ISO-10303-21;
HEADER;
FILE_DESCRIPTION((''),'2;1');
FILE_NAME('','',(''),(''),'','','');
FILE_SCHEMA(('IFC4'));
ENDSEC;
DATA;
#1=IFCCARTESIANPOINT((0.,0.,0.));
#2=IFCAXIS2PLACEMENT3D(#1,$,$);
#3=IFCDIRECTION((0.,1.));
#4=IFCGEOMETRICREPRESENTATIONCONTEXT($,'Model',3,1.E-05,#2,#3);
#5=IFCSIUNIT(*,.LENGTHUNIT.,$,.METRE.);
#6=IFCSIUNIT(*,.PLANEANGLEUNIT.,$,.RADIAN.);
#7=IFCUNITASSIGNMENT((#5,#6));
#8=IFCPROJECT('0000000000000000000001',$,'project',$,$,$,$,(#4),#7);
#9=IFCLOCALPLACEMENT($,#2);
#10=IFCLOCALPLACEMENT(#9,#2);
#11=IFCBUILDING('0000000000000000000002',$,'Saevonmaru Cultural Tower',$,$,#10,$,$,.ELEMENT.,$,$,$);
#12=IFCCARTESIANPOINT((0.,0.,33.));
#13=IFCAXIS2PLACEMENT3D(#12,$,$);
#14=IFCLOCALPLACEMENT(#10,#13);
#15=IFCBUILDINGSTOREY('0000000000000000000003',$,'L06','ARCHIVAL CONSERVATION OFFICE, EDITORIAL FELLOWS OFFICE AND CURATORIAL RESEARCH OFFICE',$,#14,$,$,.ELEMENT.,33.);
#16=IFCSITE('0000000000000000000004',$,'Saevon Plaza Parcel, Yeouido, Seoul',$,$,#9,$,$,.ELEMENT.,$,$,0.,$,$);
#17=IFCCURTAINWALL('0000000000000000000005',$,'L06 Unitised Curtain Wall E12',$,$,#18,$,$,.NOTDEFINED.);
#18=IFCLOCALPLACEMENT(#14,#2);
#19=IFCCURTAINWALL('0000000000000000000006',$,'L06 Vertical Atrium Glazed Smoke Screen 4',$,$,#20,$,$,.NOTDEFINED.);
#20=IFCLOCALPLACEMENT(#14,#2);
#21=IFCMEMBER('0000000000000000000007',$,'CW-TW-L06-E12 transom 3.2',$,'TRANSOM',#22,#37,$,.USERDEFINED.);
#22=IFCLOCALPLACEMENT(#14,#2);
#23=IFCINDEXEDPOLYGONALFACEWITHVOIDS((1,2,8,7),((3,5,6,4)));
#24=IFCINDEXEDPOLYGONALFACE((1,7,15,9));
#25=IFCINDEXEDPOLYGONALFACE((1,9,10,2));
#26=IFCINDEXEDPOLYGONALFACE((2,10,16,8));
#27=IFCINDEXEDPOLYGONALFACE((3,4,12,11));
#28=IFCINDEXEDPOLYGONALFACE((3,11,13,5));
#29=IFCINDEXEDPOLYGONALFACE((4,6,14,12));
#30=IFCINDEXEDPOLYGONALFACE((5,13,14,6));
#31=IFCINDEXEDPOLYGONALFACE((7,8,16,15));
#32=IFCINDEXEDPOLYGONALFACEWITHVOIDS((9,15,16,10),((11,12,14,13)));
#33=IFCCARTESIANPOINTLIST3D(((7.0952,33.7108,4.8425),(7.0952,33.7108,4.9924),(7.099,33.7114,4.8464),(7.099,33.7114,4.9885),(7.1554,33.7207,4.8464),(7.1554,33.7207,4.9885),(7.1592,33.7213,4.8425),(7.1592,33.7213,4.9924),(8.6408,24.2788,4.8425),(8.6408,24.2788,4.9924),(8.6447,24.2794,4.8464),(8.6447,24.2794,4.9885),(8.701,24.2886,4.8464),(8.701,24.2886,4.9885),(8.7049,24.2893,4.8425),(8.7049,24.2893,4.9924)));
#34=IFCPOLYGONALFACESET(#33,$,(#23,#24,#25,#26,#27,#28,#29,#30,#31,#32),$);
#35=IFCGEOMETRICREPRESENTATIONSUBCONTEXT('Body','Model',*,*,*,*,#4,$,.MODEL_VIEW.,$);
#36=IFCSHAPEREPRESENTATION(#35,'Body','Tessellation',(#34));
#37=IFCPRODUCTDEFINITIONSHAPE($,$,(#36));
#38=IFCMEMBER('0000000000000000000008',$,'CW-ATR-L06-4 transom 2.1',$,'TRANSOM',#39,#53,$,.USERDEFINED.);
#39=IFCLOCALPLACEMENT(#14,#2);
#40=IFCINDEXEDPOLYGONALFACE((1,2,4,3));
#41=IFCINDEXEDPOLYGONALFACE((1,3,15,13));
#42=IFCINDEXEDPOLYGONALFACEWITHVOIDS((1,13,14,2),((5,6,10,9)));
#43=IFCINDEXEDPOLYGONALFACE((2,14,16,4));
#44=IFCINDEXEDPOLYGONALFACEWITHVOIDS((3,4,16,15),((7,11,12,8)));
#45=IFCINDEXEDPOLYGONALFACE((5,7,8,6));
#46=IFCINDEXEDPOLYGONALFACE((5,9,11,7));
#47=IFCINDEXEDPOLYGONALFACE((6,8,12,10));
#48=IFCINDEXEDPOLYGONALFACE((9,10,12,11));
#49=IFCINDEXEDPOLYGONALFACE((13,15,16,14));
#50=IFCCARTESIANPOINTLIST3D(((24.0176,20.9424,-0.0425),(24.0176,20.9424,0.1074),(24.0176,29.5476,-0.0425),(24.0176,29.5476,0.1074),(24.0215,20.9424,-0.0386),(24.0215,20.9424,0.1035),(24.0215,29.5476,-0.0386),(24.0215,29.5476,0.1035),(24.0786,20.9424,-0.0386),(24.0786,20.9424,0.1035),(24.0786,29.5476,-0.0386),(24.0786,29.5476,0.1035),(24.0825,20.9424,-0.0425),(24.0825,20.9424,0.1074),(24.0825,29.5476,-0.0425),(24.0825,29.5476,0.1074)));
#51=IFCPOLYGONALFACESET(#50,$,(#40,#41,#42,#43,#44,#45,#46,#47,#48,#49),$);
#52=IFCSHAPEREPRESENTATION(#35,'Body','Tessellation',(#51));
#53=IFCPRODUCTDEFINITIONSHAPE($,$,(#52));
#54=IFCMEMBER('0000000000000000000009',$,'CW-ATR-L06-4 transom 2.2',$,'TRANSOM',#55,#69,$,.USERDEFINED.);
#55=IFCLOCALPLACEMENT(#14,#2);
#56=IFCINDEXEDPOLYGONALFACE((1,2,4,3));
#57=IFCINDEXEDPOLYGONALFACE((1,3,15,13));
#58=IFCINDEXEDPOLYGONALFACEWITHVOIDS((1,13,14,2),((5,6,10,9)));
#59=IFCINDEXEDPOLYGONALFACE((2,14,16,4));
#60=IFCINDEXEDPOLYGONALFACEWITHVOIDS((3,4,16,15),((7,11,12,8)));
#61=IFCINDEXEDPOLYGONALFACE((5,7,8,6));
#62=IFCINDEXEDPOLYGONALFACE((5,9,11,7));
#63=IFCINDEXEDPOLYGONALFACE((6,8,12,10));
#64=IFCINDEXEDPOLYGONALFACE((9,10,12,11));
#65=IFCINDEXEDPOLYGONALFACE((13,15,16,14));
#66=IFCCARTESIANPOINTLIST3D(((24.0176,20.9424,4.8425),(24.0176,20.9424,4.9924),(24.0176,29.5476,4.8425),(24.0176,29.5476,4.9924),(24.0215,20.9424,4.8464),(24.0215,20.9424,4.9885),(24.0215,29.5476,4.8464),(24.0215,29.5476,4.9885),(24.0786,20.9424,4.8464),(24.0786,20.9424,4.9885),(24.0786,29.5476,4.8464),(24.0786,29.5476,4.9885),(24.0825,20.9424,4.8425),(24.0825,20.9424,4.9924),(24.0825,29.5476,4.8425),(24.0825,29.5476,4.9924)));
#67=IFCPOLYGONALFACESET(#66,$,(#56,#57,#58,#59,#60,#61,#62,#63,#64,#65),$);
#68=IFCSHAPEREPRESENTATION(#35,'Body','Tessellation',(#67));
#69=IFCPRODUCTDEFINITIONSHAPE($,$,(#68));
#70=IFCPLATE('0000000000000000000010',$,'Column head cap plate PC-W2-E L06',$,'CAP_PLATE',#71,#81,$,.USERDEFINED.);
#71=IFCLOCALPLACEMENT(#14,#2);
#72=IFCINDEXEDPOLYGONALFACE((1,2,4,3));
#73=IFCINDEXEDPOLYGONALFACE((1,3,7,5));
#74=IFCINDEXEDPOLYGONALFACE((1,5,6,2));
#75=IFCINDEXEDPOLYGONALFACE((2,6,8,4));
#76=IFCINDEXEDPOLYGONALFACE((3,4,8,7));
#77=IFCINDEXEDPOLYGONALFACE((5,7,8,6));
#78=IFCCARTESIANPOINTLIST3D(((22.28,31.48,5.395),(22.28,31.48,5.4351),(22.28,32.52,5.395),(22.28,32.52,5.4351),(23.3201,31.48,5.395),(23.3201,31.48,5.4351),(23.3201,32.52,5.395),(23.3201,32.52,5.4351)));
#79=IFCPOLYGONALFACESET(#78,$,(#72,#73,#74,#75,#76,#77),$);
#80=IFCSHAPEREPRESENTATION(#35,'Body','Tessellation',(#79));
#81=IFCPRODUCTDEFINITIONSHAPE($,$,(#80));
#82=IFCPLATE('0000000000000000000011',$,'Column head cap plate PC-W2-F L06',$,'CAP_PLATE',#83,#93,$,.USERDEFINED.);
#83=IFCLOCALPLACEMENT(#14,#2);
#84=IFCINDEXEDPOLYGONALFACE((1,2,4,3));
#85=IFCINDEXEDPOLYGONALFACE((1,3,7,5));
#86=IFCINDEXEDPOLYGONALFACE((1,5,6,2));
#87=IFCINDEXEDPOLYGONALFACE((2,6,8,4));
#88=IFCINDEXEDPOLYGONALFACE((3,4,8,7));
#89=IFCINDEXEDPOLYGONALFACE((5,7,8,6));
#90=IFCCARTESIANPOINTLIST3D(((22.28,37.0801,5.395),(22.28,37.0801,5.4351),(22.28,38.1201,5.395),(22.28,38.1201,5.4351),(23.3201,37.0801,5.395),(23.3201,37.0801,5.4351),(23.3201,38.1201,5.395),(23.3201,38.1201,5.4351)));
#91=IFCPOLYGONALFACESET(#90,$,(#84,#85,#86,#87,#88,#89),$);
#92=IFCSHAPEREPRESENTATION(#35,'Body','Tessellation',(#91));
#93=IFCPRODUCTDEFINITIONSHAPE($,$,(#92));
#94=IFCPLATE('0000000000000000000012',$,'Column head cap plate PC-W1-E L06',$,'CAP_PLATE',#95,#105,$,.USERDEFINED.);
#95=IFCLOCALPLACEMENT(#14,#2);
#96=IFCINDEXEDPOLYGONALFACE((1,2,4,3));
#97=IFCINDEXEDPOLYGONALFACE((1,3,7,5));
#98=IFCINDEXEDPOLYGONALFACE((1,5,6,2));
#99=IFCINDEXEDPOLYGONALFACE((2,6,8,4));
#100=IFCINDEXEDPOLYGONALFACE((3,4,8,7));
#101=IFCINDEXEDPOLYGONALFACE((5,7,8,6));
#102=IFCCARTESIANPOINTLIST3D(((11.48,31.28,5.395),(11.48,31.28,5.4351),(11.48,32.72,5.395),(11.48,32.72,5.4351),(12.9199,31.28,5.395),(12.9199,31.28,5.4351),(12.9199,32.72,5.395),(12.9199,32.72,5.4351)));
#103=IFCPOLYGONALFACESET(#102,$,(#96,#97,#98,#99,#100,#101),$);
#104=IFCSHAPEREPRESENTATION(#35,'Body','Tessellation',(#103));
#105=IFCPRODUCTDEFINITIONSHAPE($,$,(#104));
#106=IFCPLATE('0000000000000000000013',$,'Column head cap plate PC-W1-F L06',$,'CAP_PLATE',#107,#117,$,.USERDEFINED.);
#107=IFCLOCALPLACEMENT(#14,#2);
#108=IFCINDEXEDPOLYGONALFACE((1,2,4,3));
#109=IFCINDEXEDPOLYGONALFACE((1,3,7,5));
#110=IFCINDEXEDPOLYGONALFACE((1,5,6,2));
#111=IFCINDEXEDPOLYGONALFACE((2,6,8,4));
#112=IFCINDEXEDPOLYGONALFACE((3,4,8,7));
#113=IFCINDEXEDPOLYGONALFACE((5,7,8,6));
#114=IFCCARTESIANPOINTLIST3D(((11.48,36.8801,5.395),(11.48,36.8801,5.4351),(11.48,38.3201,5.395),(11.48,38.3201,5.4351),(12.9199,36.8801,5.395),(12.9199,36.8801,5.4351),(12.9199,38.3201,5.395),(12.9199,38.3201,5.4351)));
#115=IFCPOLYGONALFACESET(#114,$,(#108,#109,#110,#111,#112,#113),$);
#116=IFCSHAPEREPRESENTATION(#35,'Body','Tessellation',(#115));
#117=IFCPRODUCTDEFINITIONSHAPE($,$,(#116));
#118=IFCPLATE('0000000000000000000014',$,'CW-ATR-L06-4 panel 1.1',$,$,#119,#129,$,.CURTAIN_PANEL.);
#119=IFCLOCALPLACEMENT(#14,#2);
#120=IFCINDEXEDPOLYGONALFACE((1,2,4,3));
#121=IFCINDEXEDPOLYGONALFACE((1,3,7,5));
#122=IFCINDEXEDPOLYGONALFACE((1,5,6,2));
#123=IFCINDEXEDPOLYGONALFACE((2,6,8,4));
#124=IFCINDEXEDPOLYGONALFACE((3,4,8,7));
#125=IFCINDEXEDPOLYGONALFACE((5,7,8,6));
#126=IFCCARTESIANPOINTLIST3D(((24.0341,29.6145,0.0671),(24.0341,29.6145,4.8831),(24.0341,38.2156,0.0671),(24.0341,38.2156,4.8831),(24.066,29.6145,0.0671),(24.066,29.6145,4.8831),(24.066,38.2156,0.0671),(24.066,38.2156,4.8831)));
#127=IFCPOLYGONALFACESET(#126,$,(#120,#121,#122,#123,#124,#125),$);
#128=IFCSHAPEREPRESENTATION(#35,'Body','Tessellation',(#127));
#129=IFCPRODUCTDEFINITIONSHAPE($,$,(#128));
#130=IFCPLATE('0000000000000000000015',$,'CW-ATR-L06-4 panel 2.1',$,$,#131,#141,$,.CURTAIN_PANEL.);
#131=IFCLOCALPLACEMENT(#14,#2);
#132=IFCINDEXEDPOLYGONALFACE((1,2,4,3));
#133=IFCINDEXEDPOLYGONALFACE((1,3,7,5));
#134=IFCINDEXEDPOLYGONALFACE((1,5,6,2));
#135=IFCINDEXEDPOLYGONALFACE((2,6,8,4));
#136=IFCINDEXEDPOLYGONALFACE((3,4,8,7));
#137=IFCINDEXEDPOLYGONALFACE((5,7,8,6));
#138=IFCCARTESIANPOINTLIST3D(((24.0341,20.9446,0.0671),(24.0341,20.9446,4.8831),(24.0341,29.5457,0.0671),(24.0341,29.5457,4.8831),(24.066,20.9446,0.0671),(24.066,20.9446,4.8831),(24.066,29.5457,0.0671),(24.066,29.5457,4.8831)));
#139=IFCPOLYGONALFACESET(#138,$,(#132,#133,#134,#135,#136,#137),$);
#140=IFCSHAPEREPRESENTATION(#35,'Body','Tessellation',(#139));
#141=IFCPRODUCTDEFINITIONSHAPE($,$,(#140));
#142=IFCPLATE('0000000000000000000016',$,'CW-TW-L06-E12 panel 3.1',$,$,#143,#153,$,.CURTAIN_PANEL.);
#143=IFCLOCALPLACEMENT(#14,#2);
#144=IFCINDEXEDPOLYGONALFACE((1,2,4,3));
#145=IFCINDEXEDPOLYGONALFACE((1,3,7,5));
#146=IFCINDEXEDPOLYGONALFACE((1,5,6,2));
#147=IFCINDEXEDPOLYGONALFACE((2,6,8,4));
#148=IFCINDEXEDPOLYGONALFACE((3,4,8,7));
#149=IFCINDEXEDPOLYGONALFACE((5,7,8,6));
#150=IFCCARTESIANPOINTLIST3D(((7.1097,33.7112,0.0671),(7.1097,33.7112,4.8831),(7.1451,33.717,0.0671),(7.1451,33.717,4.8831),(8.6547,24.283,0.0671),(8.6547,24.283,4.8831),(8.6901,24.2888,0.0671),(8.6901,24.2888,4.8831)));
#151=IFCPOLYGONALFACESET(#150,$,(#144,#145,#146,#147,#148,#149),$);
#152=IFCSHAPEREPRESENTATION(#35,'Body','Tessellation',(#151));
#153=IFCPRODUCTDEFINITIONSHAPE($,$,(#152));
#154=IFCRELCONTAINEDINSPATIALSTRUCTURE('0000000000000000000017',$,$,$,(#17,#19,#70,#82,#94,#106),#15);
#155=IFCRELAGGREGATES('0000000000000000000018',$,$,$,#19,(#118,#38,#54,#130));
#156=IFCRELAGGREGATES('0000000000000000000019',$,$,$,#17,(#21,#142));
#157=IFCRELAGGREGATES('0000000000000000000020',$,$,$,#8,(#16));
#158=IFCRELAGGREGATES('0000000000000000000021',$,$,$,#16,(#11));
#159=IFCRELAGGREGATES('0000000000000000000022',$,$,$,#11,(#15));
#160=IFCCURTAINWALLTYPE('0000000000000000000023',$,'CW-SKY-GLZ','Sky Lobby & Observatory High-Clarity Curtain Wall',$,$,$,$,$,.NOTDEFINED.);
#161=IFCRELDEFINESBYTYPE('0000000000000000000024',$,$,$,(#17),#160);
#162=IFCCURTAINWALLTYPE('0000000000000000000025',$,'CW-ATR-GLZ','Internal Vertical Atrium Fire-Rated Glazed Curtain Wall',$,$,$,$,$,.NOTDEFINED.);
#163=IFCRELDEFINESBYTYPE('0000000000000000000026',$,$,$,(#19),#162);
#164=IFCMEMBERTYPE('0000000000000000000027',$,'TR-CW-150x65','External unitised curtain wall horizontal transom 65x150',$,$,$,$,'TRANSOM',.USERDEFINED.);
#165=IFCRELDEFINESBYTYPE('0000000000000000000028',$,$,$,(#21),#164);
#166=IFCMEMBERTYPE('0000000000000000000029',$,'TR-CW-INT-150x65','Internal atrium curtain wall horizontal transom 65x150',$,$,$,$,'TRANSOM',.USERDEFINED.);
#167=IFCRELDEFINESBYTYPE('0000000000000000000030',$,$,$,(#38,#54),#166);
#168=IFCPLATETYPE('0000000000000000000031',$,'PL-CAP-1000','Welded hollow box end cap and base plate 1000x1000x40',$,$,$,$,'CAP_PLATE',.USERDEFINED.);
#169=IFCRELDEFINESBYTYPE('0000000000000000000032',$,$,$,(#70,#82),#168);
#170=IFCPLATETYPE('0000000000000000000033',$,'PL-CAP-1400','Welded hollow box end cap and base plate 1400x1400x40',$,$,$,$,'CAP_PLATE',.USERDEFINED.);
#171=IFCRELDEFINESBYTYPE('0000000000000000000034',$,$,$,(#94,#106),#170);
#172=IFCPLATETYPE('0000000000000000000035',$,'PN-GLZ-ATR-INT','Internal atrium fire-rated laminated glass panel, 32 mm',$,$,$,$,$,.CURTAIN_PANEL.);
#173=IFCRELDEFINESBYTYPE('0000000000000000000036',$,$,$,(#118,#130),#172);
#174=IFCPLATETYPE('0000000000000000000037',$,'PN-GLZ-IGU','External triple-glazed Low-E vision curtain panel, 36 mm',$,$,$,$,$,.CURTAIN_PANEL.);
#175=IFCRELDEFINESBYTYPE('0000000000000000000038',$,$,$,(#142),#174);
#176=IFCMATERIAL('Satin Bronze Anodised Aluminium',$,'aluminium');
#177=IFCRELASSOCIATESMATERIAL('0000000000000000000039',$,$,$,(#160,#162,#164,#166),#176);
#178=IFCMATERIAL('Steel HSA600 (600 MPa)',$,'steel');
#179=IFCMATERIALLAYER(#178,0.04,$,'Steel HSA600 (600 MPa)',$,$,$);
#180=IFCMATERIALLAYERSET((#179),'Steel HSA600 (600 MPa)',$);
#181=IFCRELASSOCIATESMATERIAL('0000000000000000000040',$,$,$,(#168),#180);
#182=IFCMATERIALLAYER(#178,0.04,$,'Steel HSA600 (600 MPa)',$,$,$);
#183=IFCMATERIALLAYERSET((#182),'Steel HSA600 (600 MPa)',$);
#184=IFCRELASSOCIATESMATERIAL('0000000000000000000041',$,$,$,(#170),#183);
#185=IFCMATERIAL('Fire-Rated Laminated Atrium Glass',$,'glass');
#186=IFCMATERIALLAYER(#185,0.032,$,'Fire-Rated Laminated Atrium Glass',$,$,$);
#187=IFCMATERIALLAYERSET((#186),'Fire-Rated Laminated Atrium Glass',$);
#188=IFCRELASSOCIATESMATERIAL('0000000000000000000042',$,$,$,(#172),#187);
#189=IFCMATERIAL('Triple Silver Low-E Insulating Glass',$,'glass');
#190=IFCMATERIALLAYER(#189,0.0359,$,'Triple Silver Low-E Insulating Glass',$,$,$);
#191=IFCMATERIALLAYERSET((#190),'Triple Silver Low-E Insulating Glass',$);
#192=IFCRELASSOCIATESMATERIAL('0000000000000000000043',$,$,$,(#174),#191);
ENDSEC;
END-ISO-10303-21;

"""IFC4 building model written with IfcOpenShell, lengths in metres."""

from ifc_helpers import new_model, si_unit, direction, frame, origin, origin_2d, place, context, subcontext, project, spatial, rectangle, hollow_rectangle, extrude, material, layer, layer_set, material_profile, profile_set, type_object, element, aggregate, save


model = new_model("IFC4")

# Units and contexts
model_context = context("Model", 3, precision=1e-05, world=origin(), true_north=direction((0.0, 1.0)))
body_context = subcontext(model_context, "Body", "Model", "MODEL_VIEW")
ifc_project = project(units=[si_unit("LENGTHUNIT", "METRE"), si_unit("PLANEANGLEUNIT", "RADIAN")], contexts=[model_context])

# Site, building, storey
site_placement = place(None, origin())
site = spatial("IfcSite", under=ifc_project, at=site_placement, Name="Saevon Plaza Parcel, Yeouido, Seoul", CompositionType="ELEMENT", RefElevation=0.0)
building_placement = place(site_placement, origin())
building = spatial("IfcBuilding", under=site, at=building_placement, Name="Saevonmaru Cultural Tower", CompositionType="ELEMENT")
storey_placement = place(building_placement, frame((0.0, 0.0, 33.0)))
storey = spatial("IfcBuildingStorey", under=building, at=storey_placement, Name="L06", Description="ARCHIVAL CONSERVATION OFFICE, EDITORIAL FELLOWS OFFICE AND CURATORIAL RESEARCH OFFICE", CompositionType="ELEMENT", Elevation=33.0)

# Shared definitions
ifc_material_1 = material(Name="Steel HSA600 (600 MPa)", Category="steel")

# Curtain wall
ifc_material_2 = material(Name="Satin Bronze Anodised Aluminium", Category="aluminium")
curtain_wall_type_1 = type_object("IfcCurtainWallType", Name="CW-SKY-GLZ", Description="Sky Lobby & Observatory High-Clarity Curtain Wall", PredefinedType="NOTDEFINED", material=ifc_material_2)
curtain_wall_1_placement = place(storey_placement, origin())
curtain_wall_1 = element("IfcCurtainWall", 1, at=curtain_wall_1_placement, inside=storey, type_object=curtain_wall_type_1, Name="L06 Unitised Curtain Wall E12", PredefinedType="NOTDEFINED")

# Curtain wall
curtain_wall_type_2 = type_object("IfcCurtainWallType", Name="CW-ATR-GLZ", Description="Internal Vertical Atrium Fire-Rated Glazed Curtain Wall", PredefinedType="NOTDEFINED", material=ifc_material_2)
curtain_wall_2_placement = place(storey_placement, origin())
curtain_wall_2 = element("IfcCurtainWall", 2, at=curtain_wall_2_placement, inside=storey, type_object=curtain_wall_type_2, Name="L06 Vertical Atrium Glazed Smoke Screen 4", PredefinedType="NOTDEFINED")

# Members
ifc_material_profile_1 = material_profile(ifc_material_2, hollow_rectangle(XDim=0.0649, YDim=0.1499, WallThickness=0.0039, at=origin_2d()), Name="ALU-TRAN-150x65x4")
ifc_profile_set_1 = profile_set([ifc_material_profile_1], Name="Satin Bronze Anodised Aluminium")
member_type_1 = type_object("IfcMemberType", Name="TR-CW-150x65", Description="External unitised curtain wall horizontal transom 65x150", ElementType="TRANSOM", PredefinedType="USERDEFINED", material=ifc_profile_set_1)
member_1_placement = place(storey_placement, frame((7.1272, 33.7161, 4.9175), z_axis=(0.161714, -0.986838, 0.0), x_axis=(0.986838, 0.161714, 0.0)))
member_1 = element("IfcMember", 3, at=member_1_placement, type_object=member_type_1, Name="CW-TW-L06-E12 transom 3.2", ObjectType="TRANSOM", PredefinedType="USERDEFINED", context=body_context, shape_type="SweptSolid", body=[
    extrude(hollow_rectangle(XDim=0.0649, YDim=0.1499, WallThickness=0.0039, at=origin_2d()), origin(), (0.0, 0.0, 1.0), 9.5579),
])
ifc_material_profile_2 = material_profile(ifc_material_2, hollow_rectangle(XDim=0.0649, YDim=0.1499, WallThickness=0.0039, at=origin_2d()), Name="ALU-TRAN-150x65x4")
ifc_profile_set_2 = profile_set([ifc_material_profile_2], Name="Satin Bronze Anodised Aluminium")
member_type_2 = type_object("IfcMemberType", Name="TR-CW-INT-150x65", Description="Internal atrium curtain wall horizontal transom 65x150", ElementType="TRANSOM", PredefinedType="USERDEFINED", material=ifc_profile_set_2)
member_2_placement = place(storey_placement, frame((24.05, 29.5476, 0.0325), z_axis=(0.0, -1.0, 0.0), x_axis=(1.0, 0.0, 0.0)))
member_2 = element("IfcMember", 4, at=member_2_placement, type_object=member_type_2, Name="CW-ATR-L06-4 transom 2.1", ObjectType="TRANSOM", PredefinedType="USERDEFINED", context=body_context, shape_type="SweptSolid", body=[
    extrude(hollow_rectangle(XDim=0.0649, YDim=0.1499, WallThickness=0.0039, at=origin_2d()), origin(), (0.0, 0.0, 1.0), 8.6052),
])
member_3_placement = place(storey_placement, frame((24.05, 29.5476, 4.9175), z_axis=(0.0, -1.0, 0.0), x_axis=(1.0, 0.0, 0.0)))
member_3 = element("IfcMember", 5, at=member_3_placement, type_object=member_type_2, Name="CW-ATR-L06-4 transom 2.2", ObjectType="TRANSOM", PredefinedType="USERDEFINED", context=body_context, shape_type="SweptSolid", body=[
    extrude(hollow_rectangle(XDim=0.0649, YDim=0.1499, WallThickness=0.0039, at=origin_2d()), origin(), (0.0, 0.0, 1.0), 8.6052),
])

# Plates
ifc_layer_1 = layer(ifc_material_1, 0.04, Name="Steel HSA600 (600 MPa)")
ifc_layer_set_1 = layer_set([ifc_layer_1], Name="Steel HSA600 (600 MPa)")
plate_type_1 = type_object("IfcPlateType", Name="PL-CAP-1000", Description="Welded hollow box end cap and base plate 1000x1000x40", ElementType="CAP_PLATE", PredefinedType="USERDEFINED", material=ifc_layer_set_1)
for number, where, z_axis, x_axis, name in (
    (6, (22.8, 32.0, 5.395), (0.0, 0.0, 1.0), (1.0, 0.0, 0.0), "Column head cap plate PC-W2-E L06"),
    (7, (22.8, 37.6001, 5.395), (0.0, 0.0, 1.0), (1.0, 0.0, 0.0), "Column head cap plate PC-W2-F L06"),
):
    element("IfcPlate", number, at=place(storey_placement, frame(where, z_axis=z_axis, x_axis=x_axis)), inside=storey, type_object=plate_type_1, Name=name, ObjectType="CAP_PLATE", PredefinedType="USERDEFINED", context=body_context, shape_type="SweptSolid", body=[
        extrude(rectangle(XDim=1.04, YDim=1.04, at=origin_2d()), origin(), (0.0, 0.0, 1.0), 0.04),
    ])
ifc_layer_2 = layer(ifc_material_1, 0.04, Name="Steel HSA600 (600 MPa)")
ifc_layer_set_2 = layer_set([ifc_layer_2], Name="Steel HSA600 (600 MPa)")
plate_type_2 = type_object("IfcPlateType", Name="PL-CAP-1400", Description="Welded hollow box end cap and base plate 1400x1400x40", ElementType="CAP_PLATE", PredefinedType="USERDEFINED", material=ifc_layer_set_2)
for number, where, z_axis, x_axis, name in (
    (8, (12.2, 32.0, 5.395), (0.0, 0.0, 1.0), (1.0, 0.0, 0.0), "Column head cap plate PC-W1-E L06"),
    (9, (12.2, 37.6001, 5.395), (0.0, 0.0, 1.0), (1.0, 0.0, 0.0), "Column head cap plate PC-W1-F L06"),
):
    element("IfcPlate", number, at=place(storey_placement, frame(where, z_axis=z_axis, x_axis=x_axis)), inside=storey, type_object=plate_type_2, Name=name, ObjectType="CAP_PLATE", PredefinedType="USERDEFINED", context=body_context, shape_type="SweptSolid", body=[
        extrude(rectangle(XDim=1.4399, YDim=1.4399, at=origin_2d()), origin(), (0.0, 0.0, 1.0), 0.04),
    ])

# Plates
ifc_material_3 = material(Name="Fire-Rated Laminated Atrium Glass", Category="glass")
ifc_layer_3 = layer(ifc_material_3, 0.032, Name="Fire-Rated Laminated Atrium Glass")
ifc_layer_set_3 = layer_set([ifc_layer_3], Name="Fire-Rated Laminated Atrium Glass")
plate_type_3 = type_object("IfcPlateType", Name="PN-GLZ-ATR-INT", Description="Internal atrium fire-rated laminated glass panel, 32 mm", PredefinedType="CURTAIN_PANEL", material=ifc_layer_set_3)
plate_1_placement = place(storey_placement, frame((24.05, 33.915, 0.0671), z_axis=(0.0, 0.0, 1.0), x_axis=(0.0, -1.0, 0.0)))
plate_1 = element("IfcPlate", 10, at=plate_1_placement, type_object=plate_type_3, Name="CW-ATR-L06-4 panel 1.1", PredefinedType="CURTAIN_PANEL", context=body_context, shape_type="SweptSolid", body=[
    extrude(rectangle(XDim=8.6011, YDim=0.032, at=origin_2d()), origin(), (0.0, 0.0, 1.0), 4.8159),
])
plate_2_placement = place(storey_placement, frame((24.05, 25.2451, 0.0671), z_axis=(0.0, 0.0, 1.0), x_axis=(0.0, -1.0, 0.0)))
plate_2 = element("IfcPlate", 11, at=plate_2_placement, type_object=plate_type_3, Name="CW-ATR-L06-4 panel 2.1", PredefinedType="CURTAIN_PANEL", context=body_context, shape_type="SweptSolid", body=[
    extrude(rectangle(XDim=8.6011, YDim=0.032, at=origin_2d()), origin(), (0.0, 0.0, 1.0), 4.8159),
])
aggregate(curtain_wall_2, [plate_1, member_2, member_3, plate_2])
ifc_material_4 = material(Name="Triple Silver Low-E Insulating Glass", Category="glass")
ifc_layer_4 = layer(ifc_material_4, 0.0359, Name="Triple Silver Low-E Insulating Glass")
ifc_layer_set_4 = layer_set([ifc_layer_4], Name="Triple Silver Low-E Insulating Glass")
plate_type_4 = type_object("IfcPlateType", Name="PN-GLZ-IGU", Description="External triple-glazed Low-E vision curtain panel, 36 mm", PredefinedType="CURTAIN_PANEL", material=ifc_layer_set_4)
plate_3_placement = place(storey_placement, frame((7.8999, 29.0, 0.0671), z_axis=(0.0, 0.0, 1.0), x_axis=(0.161709, -0.986839, 0.0)))
plate_3 = element("IfcPlate", 12, at=plate_3_placement, type_object=plate_type_4, Name="CW-TW-L06-E12 panel 3.1", PredefinedType="CURTAIN_PANEL", context=body_context, shape_type="SweptSolid", body=[
    extrude(rectangle(XDim=9.554, YDim=0.0359, at=origin_2d()), origin(), (0.0, 0.0, 1.0), 4.8159),
])
aggregate(curtain_wall_1, [member_1, plate_3])

save(model, "model.ifc")
